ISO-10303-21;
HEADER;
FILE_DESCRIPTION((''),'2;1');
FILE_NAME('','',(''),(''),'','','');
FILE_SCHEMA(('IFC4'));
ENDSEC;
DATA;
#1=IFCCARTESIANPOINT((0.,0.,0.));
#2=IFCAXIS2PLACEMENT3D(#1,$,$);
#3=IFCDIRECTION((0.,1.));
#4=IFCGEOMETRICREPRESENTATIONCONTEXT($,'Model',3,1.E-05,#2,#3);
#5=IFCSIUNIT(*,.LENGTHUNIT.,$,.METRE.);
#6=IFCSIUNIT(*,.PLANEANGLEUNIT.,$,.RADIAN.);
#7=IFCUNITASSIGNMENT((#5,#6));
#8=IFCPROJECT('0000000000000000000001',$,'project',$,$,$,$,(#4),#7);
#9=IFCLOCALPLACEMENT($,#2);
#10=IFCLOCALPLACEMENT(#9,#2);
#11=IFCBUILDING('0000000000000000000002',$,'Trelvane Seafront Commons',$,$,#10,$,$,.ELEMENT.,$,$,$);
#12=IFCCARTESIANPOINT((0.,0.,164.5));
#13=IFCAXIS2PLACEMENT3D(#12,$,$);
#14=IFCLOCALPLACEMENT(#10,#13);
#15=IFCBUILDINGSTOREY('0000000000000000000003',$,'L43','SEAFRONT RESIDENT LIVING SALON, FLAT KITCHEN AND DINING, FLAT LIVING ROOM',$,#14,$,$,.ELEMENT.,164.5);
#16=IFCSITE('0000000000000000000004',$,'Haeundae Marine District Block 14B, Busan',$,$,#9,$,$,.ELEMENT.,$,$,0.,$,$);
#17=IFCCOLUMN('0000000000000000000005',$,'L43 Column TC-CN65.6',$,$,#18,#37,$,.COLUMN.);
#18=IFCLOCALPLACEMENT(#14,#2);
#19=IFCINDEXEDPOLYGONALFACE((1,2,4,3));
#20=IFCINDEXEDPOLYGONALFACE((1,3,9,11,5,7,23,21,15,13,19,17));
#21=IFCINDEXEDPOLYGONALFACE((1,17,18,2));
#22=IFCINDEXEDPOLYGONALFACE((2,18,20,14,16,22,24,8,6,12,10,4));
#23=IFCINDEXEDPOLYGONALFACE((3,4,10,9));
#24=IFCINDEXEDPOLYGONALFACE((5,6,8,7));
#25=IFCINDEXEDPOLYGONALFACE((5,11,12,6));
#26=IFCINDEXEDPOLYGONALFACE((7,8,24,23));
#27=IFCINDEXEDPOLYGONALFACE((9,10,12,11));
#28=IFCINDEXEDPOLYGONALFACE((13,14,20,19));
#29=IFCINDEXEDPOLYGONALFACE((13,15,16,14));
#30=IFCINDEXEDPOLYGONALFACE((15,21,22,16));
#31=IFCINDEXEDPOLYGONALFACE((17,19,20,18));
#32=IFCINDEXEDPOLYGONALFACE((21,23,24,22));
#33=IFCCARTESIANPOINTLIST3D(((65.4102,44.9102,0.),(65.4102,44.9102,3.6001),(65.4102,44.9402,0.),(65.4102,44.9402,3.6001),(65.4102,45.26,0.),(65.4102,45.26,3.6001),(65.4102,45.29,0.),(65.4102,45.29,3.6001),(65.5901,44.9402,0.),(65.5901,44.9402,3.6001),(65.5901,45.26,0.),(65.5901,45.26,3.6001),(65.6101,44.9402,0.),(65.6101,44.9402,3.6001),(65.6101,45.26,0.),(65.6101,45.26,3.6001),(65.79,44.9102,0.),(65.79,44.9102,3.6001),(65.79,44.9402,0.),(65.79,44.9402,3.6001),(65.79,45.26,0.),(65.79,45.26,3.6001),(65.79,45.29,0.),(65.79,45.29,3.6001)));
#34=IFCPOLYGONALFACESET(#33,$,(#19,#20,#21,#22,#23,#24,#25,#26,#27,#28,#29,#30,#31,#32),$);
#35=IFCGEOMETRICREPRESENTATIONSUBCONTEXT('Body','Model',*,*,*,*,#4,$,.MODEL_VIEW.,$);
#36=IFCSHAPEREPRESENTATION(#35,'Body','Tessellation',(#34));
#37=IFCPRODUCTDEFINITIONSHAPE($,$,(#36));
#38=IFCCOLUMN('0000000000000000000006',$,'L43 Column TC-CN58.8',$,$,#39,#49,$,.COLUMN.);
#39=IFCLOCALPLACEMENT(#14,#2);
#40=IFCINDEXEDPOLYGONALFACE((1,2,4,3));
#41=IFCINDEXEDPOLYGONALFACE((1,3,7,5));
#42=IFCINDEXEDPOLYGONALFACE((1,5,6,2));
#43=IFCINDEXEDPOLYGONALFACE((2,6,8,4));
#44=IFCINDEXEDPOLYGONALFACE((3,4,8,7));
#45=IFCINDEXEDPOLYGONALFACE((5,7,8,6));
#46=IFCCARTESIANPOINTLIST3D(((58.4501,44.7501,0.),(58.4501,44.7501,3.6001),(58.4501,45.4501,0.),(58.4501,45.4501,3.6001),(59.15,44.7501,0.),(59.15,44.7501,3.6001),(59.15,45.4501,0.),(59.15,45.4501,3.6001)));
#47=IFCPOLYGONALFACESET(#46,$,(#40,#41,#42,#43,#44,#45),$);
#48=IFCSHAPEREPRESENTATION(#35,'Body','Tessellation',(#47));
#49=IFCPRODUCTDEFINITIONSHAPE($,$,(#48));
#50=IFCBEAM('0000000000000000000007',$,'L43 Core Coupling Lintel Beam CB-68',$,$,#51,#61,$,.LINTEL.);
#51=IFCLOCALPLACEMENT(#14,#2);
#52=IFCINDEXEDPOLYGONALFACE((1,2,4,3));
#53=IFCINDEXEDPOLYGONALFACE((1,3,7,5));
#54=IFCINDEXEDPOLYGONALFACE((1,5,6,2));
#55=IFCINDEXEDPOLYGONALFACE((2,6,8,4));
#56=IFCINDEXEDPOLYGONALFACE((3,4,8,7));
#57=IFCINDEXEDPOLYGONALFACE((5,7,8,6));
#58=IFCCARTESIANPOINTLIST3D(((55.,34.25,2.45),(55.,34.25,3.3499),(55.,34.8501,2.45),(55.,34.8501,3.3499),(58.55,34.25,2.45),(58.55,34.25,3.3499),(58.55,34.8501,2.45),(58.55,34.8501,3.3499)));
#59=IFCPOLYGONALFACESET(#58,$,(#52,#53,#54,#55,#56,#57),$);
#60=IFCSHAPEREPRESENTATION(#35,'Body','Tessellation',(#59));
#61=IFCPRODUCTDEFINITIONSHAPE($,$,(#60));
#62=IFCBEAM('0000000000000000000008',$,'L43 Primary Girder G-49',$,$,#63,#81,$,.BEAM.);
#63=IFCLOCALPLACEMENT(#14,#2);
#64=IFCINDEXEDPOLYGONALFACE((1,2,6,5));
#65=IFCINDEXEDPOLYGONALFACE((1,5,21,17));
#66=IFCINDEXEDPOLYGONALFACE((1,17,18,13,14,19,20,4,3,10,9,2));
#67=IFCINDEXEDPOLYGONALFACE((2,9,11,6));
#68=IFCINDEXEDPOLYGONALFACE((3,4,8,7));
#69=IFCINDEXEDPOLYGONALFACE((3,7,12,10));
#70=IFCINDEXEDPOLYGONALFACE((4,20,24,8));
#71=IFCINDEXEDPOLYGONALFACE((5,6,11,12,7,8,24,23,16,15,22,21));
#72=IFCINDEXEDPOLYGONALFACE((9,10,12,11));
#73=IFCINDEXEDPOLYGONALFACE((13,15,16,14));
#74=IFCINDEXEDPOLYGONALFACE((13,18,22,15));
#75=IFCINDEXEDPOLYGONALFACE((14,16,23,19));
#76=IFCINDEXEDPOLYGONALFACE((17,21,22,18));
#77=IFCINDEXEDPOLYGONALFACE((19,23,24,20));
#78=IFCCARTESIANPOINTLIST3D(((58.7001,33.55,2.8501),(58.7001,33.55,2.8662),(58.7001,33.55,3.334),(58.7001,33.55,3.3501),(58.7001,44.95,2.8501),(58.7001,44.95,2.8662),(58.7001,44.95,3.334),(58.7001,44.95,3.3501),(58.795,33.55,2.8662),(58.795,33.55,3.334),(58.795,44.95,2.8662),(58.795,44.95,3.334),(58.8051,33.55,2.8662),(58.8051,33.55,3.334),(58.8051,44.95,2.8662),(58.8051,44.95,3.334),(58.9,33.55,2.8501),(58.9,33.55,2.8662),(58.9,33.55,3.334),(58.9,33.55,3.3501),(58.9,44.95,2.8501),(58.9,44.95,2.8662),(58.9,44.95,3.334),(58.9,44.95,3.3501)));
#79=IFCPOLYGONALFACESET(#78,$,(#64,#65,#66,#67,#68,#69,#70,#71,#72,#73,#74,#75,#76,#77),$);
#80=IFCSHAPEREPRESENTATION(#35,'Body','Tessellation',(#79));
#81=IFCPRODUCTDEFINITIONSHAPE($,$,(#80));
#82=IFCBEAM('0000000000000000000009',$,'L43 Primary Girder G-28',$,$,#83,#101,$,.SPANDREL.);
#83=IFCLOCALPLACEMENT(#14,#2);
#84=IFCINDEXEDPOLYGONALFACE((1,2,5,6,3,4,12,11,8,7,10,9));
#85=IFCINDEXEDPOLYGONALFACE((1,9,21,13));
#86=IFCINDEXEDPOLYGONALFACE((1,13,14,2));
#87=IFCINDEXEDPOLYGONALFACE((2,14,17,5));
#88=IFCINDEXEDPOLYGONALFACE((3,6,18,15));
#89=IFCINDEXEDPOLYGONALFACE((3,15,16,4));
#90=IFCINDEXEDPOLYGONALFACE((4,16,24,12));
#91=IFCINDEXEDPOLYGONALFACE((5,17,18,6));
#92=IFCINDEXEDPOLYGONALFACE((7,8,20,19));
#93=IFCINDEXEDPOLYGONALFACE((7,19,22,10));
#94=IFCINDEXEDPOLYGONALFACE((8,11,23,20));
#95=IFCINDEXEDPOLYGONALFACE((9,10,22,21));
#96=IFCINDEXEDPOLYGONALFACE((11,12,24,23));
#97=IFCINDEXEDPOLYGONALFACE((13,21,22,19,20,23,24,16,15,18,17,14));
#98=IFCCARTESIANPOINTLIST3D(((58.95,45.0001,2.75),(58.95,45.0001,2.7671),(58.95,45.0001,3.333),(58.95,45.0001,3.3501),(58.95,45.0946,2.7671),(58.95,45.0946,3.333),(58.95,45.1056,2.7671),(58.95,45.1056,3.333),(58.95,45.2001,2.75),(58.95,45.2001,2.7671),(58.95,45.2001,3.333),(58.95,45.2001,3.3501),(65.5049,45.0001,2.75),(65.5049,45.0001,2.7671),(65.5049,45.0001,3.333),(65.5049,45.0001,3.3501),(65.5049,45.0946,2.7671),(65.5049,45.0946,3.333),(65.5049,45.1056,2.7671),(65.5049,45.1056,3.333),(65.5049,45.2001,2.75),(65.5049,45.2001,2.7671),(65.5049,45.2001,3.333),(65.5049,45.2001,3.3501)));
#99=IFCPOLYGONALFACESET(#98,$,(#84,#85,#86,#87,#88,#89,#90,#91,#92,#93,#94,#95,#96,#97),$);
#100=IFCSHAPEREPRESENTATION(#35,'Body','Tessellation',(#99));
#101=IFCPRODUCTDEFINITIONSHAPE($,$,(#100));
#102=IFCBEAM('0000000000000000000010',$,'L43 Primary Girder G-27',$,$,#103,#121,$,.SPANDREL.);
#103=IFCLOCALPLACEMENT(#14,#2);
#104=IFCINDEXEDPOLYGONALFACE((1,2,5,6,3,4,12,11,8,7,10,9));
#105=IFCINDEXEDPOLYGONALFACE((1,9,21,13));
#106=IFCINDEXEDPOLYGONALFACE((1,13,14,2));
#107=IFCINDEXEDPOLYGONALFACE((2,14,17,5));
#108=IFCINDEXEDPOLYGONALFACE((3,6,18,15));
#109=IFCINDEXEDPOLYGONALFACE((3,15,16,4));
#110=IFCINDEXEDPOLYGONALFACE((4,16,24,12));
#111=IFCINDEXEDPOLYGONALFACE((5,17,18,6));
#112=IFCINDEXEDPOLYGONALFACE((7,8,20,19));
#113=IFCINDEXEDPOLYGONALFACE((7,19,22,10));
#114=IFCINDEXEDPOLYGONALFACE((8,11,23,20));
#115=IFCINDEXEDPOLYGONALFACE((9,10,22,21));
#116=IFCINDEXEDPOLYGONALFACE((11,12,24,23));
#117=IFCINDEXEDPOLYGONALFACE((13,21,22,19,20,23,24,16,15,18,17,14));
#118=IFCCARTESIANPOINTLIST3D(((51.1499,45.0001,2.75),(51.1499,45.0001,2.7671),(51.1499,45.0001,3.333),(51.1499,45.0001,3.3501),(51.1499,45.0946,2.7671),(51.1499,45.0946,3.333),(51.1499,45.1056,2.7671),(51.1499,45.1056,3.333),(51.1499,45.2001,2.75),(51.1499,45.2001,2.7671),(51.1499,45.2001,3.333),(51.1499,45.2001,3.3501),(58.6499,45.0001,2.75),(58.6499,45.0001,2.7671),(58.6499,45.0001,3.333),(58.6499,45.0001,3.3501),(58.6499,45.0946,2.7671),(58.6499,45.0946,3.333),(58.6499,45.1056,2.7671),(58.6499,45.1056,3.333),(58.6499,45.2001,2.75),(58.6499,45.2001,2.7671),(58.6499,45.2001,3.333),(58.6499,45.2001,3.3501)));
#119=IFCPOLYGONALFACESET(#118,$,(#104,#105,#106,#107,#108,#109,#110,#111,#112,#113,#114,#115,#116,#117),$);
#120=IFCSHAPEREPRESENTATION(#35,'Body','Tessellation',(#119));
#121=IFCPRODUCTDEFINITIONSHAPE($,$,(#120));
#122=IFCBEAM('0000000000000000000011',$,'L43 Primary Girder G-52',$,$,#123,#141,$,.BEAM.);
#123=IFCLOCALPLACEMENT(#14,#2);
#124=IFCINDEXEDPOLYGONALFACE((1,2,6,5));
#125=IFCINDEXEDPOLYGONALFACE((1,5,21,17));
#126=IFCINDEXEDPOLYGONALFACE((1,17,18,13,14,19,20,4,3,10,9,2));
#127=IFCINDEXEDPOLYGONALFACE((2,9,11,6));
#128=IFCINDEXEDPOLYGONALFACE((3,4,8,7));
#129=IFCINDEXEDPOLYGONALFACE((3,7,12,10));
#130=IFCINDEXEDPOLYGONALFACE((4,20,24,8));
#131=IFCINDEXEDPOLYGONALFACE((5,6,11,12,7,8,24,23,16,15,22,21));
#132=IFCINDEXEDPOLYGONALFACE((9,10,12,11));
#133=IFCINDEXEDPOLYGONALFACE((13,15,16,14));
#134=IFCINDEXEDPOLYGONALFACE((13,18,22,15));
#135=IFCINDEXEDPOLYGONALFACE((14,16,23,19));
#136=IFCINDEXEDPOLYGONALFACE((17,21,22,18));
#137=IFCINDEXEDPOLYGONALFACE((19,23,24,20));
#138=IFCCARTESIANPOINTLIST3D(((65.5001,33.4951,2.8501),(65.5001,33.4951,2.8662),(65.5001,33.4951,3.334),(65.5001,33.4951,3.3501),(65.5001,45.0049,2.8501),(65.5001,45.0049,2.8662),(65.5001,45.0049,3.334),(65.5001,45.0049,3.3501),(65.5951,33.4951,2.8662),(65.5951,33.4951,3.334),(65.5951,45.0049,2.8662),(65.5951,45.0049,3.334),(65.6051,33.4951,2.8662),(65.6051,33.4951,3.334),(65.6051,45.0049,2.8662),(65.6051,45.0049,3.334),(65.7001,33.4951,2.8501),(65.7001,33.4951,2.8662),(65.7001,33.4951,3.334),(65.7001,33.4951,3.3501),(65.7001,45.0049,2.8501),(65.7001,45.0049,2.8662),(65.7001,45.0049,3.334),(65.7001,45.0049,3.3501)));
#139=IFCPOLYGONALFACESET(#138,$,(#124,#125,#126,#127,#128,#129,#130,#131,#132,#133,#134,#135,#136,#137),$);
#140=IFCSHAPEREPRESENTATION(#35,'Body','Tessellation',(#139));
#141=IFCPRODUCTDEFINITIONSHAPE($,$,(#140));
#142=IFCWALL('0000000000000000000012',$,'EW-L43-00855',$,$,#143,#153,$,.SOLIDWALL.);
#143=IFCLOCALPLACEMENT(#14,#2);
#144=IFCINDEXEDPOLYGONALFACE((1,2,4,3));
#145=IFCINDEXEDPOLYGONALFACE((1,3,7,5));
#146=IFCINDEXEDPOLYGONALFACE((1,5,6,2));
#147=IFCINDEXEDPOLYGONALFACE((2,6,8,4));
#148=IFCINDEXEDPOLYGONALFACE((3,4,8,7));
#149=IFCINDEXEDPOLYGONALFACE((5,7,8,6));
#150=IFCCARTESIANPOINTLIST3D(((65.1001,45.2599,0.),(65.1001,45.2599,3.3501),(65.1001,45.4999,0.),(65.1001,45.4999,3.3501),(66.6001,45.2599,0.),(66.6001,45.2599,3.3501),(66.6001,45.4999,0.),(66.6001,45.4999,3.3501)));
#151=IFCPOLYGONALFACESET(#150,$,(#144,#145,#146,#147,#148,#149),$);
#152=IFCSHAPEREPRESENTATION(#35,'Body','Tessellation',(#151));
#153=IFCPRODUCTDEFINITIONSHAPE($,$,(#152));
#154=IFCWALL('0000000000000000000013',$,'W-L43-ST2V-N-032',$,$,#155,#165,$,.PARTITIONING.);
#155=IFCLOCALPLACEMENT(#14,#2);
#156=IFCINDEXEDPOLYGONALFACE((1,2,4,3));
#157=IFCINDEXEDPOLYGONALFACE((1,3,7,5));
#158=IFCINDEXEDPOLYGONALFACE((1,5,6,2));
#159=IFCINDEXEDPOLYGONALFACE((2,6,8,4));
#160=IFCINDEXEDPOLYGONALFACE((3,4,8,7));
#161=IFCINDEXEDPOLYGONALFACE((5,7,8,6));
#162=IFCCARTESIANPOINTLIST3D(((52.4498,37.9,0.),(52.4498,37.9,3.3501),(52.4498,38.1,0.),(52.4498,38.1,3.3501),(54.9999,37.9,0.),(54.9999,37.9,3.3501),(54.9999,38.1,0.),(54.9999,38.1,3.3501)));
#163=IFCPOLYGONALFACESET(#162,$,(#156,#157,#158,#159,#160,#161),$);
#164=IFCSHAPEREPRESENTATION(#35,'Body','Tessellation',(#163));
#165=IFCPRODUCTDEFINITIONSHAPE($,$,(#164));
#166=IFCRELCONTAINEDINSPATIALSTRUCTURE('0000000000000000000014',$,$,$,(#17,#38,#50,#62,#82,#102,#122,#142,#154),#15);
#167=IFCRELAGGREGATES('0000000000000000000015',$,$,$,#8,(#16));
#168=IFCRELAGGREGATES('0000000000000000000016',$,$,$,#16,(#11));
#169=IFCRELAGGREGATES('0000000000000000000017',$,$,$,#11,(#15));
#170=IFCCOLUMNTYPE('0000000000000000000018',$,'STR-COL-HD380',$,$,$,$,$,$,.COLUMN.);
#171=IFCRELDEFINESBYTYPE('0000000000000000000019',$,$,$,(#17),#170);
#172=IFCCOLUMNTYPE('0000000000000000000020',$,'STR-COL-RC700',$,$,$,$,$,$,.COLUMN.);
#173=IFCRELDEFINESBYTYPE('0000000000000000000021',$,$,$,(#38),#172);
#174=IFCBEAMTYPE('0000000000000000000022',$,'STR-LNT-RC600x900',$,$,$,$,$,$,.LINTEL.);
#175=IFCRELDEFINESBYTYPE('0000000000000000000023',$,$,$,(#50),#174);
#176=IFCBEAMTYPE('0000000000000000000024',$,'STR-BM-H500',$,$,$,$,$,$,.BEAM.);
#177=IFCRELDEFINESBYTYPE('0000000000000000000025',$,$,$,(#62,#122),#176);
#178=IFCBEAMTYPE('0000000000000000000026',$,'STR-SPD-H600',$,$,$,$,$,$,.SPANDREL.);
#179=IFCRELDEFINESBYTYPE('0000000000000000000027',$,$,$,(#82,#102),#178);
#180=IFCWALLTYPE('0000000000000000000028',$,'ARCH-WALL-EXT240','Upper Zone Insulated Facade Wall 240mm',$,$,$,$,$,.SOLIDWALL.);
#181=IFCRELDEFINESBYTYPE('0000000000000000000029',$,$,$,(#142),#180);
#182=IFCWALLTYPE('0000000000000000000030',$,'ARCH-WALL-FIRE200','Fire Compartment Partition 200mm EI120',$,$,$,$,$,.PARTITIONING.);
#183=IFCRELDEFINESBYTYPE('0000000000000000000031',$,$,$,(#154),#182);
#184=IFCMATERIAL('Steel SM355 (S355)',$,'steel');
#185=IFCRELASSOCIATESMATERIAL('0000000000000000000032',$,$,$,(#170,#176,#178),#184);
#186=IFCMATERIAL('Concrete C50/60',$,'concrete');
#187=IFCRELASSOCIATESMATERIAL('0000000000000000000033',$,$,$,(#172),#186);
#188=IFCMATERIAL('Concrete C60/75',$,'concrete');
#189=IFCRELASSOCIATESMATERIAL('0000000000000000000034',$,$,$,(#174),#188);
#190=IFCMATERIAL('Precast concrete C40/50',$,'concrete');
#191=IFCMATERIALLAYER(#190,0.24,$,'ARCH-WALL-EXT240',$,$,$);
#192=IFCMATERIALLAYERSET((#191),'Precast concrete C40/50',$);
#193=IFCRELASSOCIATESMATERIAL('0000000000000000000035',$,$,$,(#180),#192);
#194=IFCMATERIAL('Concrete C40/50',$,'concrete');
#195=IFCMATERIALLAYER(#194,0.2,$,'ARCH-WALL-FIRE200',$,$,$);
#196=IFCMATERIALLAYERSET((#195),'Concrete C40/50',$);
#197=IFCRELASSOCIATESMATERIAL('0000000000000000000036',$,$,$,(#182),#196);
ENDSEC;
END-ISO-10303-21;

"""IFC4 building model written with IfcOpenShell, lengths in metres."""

from ifc_helpers import new_model, si_unit, direction, frame, frame_2d, origin, origin_2d, place, context, subcontext, project, spatial, rectangle, i_section, extrude, source, transform, mapped, material, layer, layer_set, material_profile, profile_set, type_object, element, save


model = new_model("IFC4")

# Units and contexts
model_context = context("Model", 3, precision=1e-05, world=origin(), true_north=direction((0.0, 1.0)))
body_context = subcontext(model_context, "Body", "Model", "MODEL_VIEW")
ifc_project = project(units=[si_unit("LENGTHUNIT", "METRE"), si_unit("PLANEANGLEUNIT", "RADIAN")], contexts=[model_context])

# Site, building, storey
site_placement = place(None, origin())
site = spatial("IfcSite", under=ifc_project, at=site_placement, Name="Haeundae Marine District Block 14B, Busan", CompositionType="ELEMENT", RefElevation=0.0)
building_placement = place(site_placement, origin())
building = spatial("IfcBuilding", under=site, at=building_placement, Name="Trelvane Seafront Commons", CompositionType="ELEMENT")
storey_placement = place(building_placement, frame((0.0, 0.0, 164.5)))
storey = spatial("IfcBuildingStorey", under=building, at=storey_placement, Name="L43", Description="SEAFRONT RESIDENT LIVING SALON, FLAT KITCHEN AND DINING, FLAT LIVING ROOM", CompositionType="ELEMENT", Elevation=164.5)

# Columns
ifc_material_1 = material(Name="Steel SM355 (S355)", Category="steel")
ifc_material_profile_1 = material_profile(ifc_material_1, i_section(OverallWidth=0.3799, OverallDepth=0.3799, WebThickness=0.02, FlangeThickness=0.03, at=origin_2d()), Name="HD-380x380x20x30")
ifc_profile_set_1 = profile_set([ifc_material_profile_1], Name="Steel SM355 (S355)")
column_type_1 = type_object("IfcColumnType", Name="STR-COL-HD380", PredefinedType="COLUMN", material=ifc_profile_set_1)
shared_shape_1 = source(origin(), body_context, "Body", "SweptSolid", [
    extrude(i_section(OverallWidth=0.3799, OverallDepth=0.3799, WebThickness=0.02, FlangeThickness=0.03, at=origin_2d()), origin(), (0.0, 0.0, 1.0), 3.6001),
])
column_1_placement = place(storey_placement, frame((65.6001, 45.1001, 0.0), z_axis=(0.0, 0.0, 1.0), x_axis=(1.0, 0.0, 0.0)))
element("IfcColumn", 1, at=column_1_placement, inside=storey, type_object=column_type_1, Name="L43 Column TC-CN65.6", PredefinedType="COLUMN", context=body_context, shape_type="MappedRepresentation", body=[
    mapped(shared_shape_1, transform((0.0, 0.0, 0.0), x_axis=(1.0, 0.0, 0.0), y_axis=(0.0, 1.0, 0.0), z_axis=(0.0, 0.0, 1.0), scale=1.0)),
])
ifc_material_2 = material(Name="Concrete C50/60", Category="concrete")
ifc_material_profile_2 = material_profile(ifc_material_2, rectangle(XDim=0.7, YDim=0.7, at=origin_2d()), Name="RC-700x700")
ifc_profile_set_2 = profile_set([ifc_material_profile_2], Name="Concrete C50/60")
column_type_2 = type_object("IfcColumnType", Name="STR-COL-RC700", PredefinedType="COLUMN", material=ifc_profile_set_2)
shared_shape_2 = source(origin(), body_context, "Body", "SweptSolid", [
    extrude(rectangle(XDim=0.7, YDim=0.7, at=origin_2d()), origin(), (0.0, 0.0, 1.0), 3.6001),
])
column_2_placement = place(storey_placement, frame((58.8, 45.1001, 0.0), z_axis=(0.0, 0.0, 1.0), x_axis=(1.0, 0.0, 0.0)))
element("IfcColumn", 2, at=column_2_placement, inside=storey, type_object=column_type_2, Name="L43 Column TC-CN58.8", PredefinedType="COLUMN", context=body_context, shape_type="MappedRepresentation", body=[
    mapped(shared_shape_2, transform((0.0, 0.0, 0.0), x_axis=(1.0, 0.0, 0.0), y_axis=(0.0, 1.0, 0.0), z_axis=(0.0, 0.0, 1.0), scale=1.0)),
])

# Beams
ifc_material_3 = material(Name="Concrete C60/75", Category="concrete")
ifc_material_profile_3 = material_profile(ifc_material_3, rectangle(XDim=0.6001, YDim=0.8999, at=origin_2d()), Name="RC-600x900")
ifc_profile_set_3 = profile_set([ifc_material_profile_3], Name="Concrete C60/75")
beam_type_1 = type_object("IfcBeamType", Name="STR-LNT-RC600x900", PredefinedType="LINTEL", material=ifc_profile_set_3)
shared_shape_3 = source(origin(), body_context, "Body", "SweptSolid", [
    extrude(rectangle(XDim=0.6001, YDim=0.8999, at=origin_2d()), origin(), (0.0, 0.0, 1.0), 3.55),
])
beam_1_placement = place(storey_placement, frame((55.0, 34.55, 2.8999), z_axis=(1.0, 0.0, 0.0), x_axis=(0.0, 1.0, 0.0)))
element("IfcBeam", 3, at=beam_1_placement, inside=storey, type_object=beam_type_1, Name="L43 Core Coupling Lintel Beam CB-68", PredefinedType="LINTEL", context=body_context, shape_type="MappedRepresentation", body=[
    mapped(shared_shape_3, transform((0.0, 0.0, 0.0), x_axis=(1.0, 0.0, 0.0), y_axis=(0.0, 1.0, 0.0), z_axis=(0.0, 0.0, 1.0), scale=1.0)),
])
ifc_material_profile_4 = material_profile(ifc_material_1, i_section(OverallWidth=0.2, OverallDepth=0.5, WebThickness=0.01, FlangeThickness=0.0161, at=origin_2d()), Name="H-500x200x10x16")
ifc_profile_set_4 = profile_set([ifc_material_profile_4], Name="Steel SM355 (S355)")
beam_type_2 = type_object("IfcBeamType", Name="STR-BM-H500", PredefinedType="BEAM", material=ifc_profile_set_4)
shared_shape_4 = source(origin(), body_context, "Body", "SweptSolid", [
    extrude(i_section(OverallWidth=0.2, OverallDepth=0.5, WebThickness=0.01, FlangeThickness=0.0161, at=origin_2d()), origin(), (0.0, 0.0, 1.0), 11.3999),
])
beam_2_placement = place(storey_placement, frame((58.8, 33.55, 3.1001), z_axis=(0.0, 1.0, 0.0), x_axis=(-1.0, 0.0, 0.0)))
element("IfcBeam", 4, at=beam_2_placement, inside=storey, type_object=beam_type_2, Name="L43 Primary Girder G-49", PredefinedType="BEAM", context=body_context, shape_type="MappedRepresentation", body=[
    mapped(shared_shape_4, transform((0.0, 0.0, 0.0), x_axis=(1.0, 0.0, 0.0), y_axis=(0.0, 1.0, 0.0), z_axis=(0.0, 0.0, 1.0), scale=1.0)),
])
ifc_material_profile_5 = material_profile(ifc_material_1, i_section(OverallWidth=0.2, OverallDepth=0.6001, WebThickness=0.011, FlangeThickness=0.0171, at=origin_2d()), Name="H-600x200x11x17")
ifc_profile_set_5 = profile_set([ifc_material_profile_5], Name="Steel SM355 (S355)")
beam_type_3 = type_object("IfcBeamType", Name="STR-SPD-H600", PredefinedType="SPANDREL", material=ifc_profile_set_5)
shared_shape_5 = source(origin(), body_context, "Body", "SweptSolid", [
    extrude(i_section(OverallWidth=0.2, OverallDepth=0.6001, WebThickness=0.011, FlangeThickness=0.0171, at=origin_2d()), origin(), (0.0, 0.0, 1.0), 6.5549),
])
beam_3_placement = place(storey_placement, frame((58.95, 45.1001, 3.05), z_axis=(1.0, 0.0, 0.0), x_axis=(0.0, 1.0, 0.0)))
element("IfcBeam", 5, at=beam_3_placement, inside=storey, type_object=beam_type_3, Name="L43 Primary Girder G-28", PredefinedType="SPANDREL", context=body_context, shape_type="MappedRepresentation", body=[
    mapped(shared_shape_5, transform((0.0, 0.0, 0.0), x_axis=(1.0, 0.0, 0.0), y_axis=(0.0, 1.0, 0.0), z_axis=(0.0, 0.0, 1.0), scale=1.0)),
])
shared_shape_6 = source(origin(), body_context, "Body", "SweptSolid", [
    extrude(i_section(OverallWidth=0.2, OverallDepth=0.6001, WebThickness=0.011, FlangeThickness=0.0171, at=origin_2d()), origin(), (0.0, 0.0, 1.0), 7.5),
])
beam_4_placement = place(storey_placement, frame((51.1499, 45.1001, 3.05), z_axis=(1.0, 0.0, 0.0), x_axis=(0.0, 1.0, 0.0)))
element("IfcBeam", 6, at=beam_4_placement, inside=storey, type_object=beam_type_3, Name="L43 Primary Girder G-27", PredefinedType="SPANDREL", context=body_context, shape_type="MappedRepresentation", body=[
    mapped(shared_shape_6, transform((0.0, 0.0, 0.0), x_axis=(1.0, 0.0, 0.0), y_axis=(0.0, 1.0, 0.0), z_axis=(0.0, 0.0, 1.0), scale=1.0)),
])
shared_shape_7 = source(origin(), body_context, "Body", "SweptSolid", [
    extrude(i_section(OverallWidth=0.2, OverallDepth=0.5, WebThickness=0.01, FlangeThickness=0.0161, at=origin_2d()), origin(), (0.0, 0.0, 1.0), 11.5098),
])
beam_5_placement = place(storey_placement, frame((65.6001, 33.4951, 3.1001), z_axis=(0.0, 1.0, 0.0), x_axis=(-1.0, 0.0, 0.0)))
element("IfcBeam", 7, at=beam_5_placement, inside=storey, type_object=beam_type_2, Name="L43 Primary Girder G-52", PredefinedType="BEAM", context=body_context, shape_type="MappedRepresentation", body=[
    mapped(shared_shape_7, transform((0.0, 0.0, 0.0), x_axis=(1.0, 0.0, 0.0), y_axis=(0.0, 1.0, 0.0), z_axis=(0.0, 0.0, 1.0), scale=1.0)),
])

# Walls
ifc_material_4 = material(Name="Precast concrete C40/50", Category="concrete")
ifc_layer_1 = layer(ifc_material_4, 0.24, Name="ARCH-WALL-EXT240")
ifc_layer_set_1 = layer_set([ifc_layer_1], Name="Precast concrete C40/50")
wall_type_1 = type_object("IfcWallType", Name="ARCH-WALL-EXT240", Description="Upper Zone Insulated Facade Wall 240mm", PredefinedType="SOLIDWALL", material=ifc_layer_set_1)
wall_1_placement = place(storey_placement, frame((65.1001, 45.3799, 0.0), z_axis=(0.0, 0.0, 1.0), x_axis=(1.0, 0.0, 0.0)))
element("IfcWall", 8, at=wall_1_placement, inside=storey, type_object=wall_type_1, Name="EW-L43-00855", PredefinedType="SOLIDWALL", context=body_context, shape_type="SweptSolid", body=[
    extrude(rectangle(XDim=1.5, YDim=0.24, at=frame_2d((0.75, 0.0))), origin(), (0.0, 0.0, 1.0), 3.3501),
])
ifc_material_5 = material(Name="Concrete C40/50", Category="concrete")
ifc_layer_2 = layer(ifc_material_5, 0.2, Name="ARCH-WALL-FIRE200")
ifc_layer_set_2 = layer_set([ifc_layer_2], Name="Concrete C40/50")
wall_type_2 = type_object("IfcWallType", Name="ARCH-WALL-FIRE200", Description="Fire Compartment Partition 200mm EI120", PredefinedType="PARTITIONING", material=ifc_layer_set_2)
wall_2_placement = place(storey_placement, frame((52.45, 38.0, 0.0), z_axis=(0.0, 0.0, 1.0), x_axis=(1.0, 0.0, 0.0)))
element("IfcWall", 9, at=wall_2_placement, inside=storey, type_object=wall_type_2, Name="W-L43-ST2V-N-032", PredefinedType="PARTITIONING", context=body_context, shape_type="SweptSolid", body=[
    extrude(rectangle(XDim=2.55, YDim=0.2, at=frame_2d((1.2749, 0.0))), origin(), (0.0, 0.0, 1.0), 3.3501),
])

save(model, "model.ifc")
